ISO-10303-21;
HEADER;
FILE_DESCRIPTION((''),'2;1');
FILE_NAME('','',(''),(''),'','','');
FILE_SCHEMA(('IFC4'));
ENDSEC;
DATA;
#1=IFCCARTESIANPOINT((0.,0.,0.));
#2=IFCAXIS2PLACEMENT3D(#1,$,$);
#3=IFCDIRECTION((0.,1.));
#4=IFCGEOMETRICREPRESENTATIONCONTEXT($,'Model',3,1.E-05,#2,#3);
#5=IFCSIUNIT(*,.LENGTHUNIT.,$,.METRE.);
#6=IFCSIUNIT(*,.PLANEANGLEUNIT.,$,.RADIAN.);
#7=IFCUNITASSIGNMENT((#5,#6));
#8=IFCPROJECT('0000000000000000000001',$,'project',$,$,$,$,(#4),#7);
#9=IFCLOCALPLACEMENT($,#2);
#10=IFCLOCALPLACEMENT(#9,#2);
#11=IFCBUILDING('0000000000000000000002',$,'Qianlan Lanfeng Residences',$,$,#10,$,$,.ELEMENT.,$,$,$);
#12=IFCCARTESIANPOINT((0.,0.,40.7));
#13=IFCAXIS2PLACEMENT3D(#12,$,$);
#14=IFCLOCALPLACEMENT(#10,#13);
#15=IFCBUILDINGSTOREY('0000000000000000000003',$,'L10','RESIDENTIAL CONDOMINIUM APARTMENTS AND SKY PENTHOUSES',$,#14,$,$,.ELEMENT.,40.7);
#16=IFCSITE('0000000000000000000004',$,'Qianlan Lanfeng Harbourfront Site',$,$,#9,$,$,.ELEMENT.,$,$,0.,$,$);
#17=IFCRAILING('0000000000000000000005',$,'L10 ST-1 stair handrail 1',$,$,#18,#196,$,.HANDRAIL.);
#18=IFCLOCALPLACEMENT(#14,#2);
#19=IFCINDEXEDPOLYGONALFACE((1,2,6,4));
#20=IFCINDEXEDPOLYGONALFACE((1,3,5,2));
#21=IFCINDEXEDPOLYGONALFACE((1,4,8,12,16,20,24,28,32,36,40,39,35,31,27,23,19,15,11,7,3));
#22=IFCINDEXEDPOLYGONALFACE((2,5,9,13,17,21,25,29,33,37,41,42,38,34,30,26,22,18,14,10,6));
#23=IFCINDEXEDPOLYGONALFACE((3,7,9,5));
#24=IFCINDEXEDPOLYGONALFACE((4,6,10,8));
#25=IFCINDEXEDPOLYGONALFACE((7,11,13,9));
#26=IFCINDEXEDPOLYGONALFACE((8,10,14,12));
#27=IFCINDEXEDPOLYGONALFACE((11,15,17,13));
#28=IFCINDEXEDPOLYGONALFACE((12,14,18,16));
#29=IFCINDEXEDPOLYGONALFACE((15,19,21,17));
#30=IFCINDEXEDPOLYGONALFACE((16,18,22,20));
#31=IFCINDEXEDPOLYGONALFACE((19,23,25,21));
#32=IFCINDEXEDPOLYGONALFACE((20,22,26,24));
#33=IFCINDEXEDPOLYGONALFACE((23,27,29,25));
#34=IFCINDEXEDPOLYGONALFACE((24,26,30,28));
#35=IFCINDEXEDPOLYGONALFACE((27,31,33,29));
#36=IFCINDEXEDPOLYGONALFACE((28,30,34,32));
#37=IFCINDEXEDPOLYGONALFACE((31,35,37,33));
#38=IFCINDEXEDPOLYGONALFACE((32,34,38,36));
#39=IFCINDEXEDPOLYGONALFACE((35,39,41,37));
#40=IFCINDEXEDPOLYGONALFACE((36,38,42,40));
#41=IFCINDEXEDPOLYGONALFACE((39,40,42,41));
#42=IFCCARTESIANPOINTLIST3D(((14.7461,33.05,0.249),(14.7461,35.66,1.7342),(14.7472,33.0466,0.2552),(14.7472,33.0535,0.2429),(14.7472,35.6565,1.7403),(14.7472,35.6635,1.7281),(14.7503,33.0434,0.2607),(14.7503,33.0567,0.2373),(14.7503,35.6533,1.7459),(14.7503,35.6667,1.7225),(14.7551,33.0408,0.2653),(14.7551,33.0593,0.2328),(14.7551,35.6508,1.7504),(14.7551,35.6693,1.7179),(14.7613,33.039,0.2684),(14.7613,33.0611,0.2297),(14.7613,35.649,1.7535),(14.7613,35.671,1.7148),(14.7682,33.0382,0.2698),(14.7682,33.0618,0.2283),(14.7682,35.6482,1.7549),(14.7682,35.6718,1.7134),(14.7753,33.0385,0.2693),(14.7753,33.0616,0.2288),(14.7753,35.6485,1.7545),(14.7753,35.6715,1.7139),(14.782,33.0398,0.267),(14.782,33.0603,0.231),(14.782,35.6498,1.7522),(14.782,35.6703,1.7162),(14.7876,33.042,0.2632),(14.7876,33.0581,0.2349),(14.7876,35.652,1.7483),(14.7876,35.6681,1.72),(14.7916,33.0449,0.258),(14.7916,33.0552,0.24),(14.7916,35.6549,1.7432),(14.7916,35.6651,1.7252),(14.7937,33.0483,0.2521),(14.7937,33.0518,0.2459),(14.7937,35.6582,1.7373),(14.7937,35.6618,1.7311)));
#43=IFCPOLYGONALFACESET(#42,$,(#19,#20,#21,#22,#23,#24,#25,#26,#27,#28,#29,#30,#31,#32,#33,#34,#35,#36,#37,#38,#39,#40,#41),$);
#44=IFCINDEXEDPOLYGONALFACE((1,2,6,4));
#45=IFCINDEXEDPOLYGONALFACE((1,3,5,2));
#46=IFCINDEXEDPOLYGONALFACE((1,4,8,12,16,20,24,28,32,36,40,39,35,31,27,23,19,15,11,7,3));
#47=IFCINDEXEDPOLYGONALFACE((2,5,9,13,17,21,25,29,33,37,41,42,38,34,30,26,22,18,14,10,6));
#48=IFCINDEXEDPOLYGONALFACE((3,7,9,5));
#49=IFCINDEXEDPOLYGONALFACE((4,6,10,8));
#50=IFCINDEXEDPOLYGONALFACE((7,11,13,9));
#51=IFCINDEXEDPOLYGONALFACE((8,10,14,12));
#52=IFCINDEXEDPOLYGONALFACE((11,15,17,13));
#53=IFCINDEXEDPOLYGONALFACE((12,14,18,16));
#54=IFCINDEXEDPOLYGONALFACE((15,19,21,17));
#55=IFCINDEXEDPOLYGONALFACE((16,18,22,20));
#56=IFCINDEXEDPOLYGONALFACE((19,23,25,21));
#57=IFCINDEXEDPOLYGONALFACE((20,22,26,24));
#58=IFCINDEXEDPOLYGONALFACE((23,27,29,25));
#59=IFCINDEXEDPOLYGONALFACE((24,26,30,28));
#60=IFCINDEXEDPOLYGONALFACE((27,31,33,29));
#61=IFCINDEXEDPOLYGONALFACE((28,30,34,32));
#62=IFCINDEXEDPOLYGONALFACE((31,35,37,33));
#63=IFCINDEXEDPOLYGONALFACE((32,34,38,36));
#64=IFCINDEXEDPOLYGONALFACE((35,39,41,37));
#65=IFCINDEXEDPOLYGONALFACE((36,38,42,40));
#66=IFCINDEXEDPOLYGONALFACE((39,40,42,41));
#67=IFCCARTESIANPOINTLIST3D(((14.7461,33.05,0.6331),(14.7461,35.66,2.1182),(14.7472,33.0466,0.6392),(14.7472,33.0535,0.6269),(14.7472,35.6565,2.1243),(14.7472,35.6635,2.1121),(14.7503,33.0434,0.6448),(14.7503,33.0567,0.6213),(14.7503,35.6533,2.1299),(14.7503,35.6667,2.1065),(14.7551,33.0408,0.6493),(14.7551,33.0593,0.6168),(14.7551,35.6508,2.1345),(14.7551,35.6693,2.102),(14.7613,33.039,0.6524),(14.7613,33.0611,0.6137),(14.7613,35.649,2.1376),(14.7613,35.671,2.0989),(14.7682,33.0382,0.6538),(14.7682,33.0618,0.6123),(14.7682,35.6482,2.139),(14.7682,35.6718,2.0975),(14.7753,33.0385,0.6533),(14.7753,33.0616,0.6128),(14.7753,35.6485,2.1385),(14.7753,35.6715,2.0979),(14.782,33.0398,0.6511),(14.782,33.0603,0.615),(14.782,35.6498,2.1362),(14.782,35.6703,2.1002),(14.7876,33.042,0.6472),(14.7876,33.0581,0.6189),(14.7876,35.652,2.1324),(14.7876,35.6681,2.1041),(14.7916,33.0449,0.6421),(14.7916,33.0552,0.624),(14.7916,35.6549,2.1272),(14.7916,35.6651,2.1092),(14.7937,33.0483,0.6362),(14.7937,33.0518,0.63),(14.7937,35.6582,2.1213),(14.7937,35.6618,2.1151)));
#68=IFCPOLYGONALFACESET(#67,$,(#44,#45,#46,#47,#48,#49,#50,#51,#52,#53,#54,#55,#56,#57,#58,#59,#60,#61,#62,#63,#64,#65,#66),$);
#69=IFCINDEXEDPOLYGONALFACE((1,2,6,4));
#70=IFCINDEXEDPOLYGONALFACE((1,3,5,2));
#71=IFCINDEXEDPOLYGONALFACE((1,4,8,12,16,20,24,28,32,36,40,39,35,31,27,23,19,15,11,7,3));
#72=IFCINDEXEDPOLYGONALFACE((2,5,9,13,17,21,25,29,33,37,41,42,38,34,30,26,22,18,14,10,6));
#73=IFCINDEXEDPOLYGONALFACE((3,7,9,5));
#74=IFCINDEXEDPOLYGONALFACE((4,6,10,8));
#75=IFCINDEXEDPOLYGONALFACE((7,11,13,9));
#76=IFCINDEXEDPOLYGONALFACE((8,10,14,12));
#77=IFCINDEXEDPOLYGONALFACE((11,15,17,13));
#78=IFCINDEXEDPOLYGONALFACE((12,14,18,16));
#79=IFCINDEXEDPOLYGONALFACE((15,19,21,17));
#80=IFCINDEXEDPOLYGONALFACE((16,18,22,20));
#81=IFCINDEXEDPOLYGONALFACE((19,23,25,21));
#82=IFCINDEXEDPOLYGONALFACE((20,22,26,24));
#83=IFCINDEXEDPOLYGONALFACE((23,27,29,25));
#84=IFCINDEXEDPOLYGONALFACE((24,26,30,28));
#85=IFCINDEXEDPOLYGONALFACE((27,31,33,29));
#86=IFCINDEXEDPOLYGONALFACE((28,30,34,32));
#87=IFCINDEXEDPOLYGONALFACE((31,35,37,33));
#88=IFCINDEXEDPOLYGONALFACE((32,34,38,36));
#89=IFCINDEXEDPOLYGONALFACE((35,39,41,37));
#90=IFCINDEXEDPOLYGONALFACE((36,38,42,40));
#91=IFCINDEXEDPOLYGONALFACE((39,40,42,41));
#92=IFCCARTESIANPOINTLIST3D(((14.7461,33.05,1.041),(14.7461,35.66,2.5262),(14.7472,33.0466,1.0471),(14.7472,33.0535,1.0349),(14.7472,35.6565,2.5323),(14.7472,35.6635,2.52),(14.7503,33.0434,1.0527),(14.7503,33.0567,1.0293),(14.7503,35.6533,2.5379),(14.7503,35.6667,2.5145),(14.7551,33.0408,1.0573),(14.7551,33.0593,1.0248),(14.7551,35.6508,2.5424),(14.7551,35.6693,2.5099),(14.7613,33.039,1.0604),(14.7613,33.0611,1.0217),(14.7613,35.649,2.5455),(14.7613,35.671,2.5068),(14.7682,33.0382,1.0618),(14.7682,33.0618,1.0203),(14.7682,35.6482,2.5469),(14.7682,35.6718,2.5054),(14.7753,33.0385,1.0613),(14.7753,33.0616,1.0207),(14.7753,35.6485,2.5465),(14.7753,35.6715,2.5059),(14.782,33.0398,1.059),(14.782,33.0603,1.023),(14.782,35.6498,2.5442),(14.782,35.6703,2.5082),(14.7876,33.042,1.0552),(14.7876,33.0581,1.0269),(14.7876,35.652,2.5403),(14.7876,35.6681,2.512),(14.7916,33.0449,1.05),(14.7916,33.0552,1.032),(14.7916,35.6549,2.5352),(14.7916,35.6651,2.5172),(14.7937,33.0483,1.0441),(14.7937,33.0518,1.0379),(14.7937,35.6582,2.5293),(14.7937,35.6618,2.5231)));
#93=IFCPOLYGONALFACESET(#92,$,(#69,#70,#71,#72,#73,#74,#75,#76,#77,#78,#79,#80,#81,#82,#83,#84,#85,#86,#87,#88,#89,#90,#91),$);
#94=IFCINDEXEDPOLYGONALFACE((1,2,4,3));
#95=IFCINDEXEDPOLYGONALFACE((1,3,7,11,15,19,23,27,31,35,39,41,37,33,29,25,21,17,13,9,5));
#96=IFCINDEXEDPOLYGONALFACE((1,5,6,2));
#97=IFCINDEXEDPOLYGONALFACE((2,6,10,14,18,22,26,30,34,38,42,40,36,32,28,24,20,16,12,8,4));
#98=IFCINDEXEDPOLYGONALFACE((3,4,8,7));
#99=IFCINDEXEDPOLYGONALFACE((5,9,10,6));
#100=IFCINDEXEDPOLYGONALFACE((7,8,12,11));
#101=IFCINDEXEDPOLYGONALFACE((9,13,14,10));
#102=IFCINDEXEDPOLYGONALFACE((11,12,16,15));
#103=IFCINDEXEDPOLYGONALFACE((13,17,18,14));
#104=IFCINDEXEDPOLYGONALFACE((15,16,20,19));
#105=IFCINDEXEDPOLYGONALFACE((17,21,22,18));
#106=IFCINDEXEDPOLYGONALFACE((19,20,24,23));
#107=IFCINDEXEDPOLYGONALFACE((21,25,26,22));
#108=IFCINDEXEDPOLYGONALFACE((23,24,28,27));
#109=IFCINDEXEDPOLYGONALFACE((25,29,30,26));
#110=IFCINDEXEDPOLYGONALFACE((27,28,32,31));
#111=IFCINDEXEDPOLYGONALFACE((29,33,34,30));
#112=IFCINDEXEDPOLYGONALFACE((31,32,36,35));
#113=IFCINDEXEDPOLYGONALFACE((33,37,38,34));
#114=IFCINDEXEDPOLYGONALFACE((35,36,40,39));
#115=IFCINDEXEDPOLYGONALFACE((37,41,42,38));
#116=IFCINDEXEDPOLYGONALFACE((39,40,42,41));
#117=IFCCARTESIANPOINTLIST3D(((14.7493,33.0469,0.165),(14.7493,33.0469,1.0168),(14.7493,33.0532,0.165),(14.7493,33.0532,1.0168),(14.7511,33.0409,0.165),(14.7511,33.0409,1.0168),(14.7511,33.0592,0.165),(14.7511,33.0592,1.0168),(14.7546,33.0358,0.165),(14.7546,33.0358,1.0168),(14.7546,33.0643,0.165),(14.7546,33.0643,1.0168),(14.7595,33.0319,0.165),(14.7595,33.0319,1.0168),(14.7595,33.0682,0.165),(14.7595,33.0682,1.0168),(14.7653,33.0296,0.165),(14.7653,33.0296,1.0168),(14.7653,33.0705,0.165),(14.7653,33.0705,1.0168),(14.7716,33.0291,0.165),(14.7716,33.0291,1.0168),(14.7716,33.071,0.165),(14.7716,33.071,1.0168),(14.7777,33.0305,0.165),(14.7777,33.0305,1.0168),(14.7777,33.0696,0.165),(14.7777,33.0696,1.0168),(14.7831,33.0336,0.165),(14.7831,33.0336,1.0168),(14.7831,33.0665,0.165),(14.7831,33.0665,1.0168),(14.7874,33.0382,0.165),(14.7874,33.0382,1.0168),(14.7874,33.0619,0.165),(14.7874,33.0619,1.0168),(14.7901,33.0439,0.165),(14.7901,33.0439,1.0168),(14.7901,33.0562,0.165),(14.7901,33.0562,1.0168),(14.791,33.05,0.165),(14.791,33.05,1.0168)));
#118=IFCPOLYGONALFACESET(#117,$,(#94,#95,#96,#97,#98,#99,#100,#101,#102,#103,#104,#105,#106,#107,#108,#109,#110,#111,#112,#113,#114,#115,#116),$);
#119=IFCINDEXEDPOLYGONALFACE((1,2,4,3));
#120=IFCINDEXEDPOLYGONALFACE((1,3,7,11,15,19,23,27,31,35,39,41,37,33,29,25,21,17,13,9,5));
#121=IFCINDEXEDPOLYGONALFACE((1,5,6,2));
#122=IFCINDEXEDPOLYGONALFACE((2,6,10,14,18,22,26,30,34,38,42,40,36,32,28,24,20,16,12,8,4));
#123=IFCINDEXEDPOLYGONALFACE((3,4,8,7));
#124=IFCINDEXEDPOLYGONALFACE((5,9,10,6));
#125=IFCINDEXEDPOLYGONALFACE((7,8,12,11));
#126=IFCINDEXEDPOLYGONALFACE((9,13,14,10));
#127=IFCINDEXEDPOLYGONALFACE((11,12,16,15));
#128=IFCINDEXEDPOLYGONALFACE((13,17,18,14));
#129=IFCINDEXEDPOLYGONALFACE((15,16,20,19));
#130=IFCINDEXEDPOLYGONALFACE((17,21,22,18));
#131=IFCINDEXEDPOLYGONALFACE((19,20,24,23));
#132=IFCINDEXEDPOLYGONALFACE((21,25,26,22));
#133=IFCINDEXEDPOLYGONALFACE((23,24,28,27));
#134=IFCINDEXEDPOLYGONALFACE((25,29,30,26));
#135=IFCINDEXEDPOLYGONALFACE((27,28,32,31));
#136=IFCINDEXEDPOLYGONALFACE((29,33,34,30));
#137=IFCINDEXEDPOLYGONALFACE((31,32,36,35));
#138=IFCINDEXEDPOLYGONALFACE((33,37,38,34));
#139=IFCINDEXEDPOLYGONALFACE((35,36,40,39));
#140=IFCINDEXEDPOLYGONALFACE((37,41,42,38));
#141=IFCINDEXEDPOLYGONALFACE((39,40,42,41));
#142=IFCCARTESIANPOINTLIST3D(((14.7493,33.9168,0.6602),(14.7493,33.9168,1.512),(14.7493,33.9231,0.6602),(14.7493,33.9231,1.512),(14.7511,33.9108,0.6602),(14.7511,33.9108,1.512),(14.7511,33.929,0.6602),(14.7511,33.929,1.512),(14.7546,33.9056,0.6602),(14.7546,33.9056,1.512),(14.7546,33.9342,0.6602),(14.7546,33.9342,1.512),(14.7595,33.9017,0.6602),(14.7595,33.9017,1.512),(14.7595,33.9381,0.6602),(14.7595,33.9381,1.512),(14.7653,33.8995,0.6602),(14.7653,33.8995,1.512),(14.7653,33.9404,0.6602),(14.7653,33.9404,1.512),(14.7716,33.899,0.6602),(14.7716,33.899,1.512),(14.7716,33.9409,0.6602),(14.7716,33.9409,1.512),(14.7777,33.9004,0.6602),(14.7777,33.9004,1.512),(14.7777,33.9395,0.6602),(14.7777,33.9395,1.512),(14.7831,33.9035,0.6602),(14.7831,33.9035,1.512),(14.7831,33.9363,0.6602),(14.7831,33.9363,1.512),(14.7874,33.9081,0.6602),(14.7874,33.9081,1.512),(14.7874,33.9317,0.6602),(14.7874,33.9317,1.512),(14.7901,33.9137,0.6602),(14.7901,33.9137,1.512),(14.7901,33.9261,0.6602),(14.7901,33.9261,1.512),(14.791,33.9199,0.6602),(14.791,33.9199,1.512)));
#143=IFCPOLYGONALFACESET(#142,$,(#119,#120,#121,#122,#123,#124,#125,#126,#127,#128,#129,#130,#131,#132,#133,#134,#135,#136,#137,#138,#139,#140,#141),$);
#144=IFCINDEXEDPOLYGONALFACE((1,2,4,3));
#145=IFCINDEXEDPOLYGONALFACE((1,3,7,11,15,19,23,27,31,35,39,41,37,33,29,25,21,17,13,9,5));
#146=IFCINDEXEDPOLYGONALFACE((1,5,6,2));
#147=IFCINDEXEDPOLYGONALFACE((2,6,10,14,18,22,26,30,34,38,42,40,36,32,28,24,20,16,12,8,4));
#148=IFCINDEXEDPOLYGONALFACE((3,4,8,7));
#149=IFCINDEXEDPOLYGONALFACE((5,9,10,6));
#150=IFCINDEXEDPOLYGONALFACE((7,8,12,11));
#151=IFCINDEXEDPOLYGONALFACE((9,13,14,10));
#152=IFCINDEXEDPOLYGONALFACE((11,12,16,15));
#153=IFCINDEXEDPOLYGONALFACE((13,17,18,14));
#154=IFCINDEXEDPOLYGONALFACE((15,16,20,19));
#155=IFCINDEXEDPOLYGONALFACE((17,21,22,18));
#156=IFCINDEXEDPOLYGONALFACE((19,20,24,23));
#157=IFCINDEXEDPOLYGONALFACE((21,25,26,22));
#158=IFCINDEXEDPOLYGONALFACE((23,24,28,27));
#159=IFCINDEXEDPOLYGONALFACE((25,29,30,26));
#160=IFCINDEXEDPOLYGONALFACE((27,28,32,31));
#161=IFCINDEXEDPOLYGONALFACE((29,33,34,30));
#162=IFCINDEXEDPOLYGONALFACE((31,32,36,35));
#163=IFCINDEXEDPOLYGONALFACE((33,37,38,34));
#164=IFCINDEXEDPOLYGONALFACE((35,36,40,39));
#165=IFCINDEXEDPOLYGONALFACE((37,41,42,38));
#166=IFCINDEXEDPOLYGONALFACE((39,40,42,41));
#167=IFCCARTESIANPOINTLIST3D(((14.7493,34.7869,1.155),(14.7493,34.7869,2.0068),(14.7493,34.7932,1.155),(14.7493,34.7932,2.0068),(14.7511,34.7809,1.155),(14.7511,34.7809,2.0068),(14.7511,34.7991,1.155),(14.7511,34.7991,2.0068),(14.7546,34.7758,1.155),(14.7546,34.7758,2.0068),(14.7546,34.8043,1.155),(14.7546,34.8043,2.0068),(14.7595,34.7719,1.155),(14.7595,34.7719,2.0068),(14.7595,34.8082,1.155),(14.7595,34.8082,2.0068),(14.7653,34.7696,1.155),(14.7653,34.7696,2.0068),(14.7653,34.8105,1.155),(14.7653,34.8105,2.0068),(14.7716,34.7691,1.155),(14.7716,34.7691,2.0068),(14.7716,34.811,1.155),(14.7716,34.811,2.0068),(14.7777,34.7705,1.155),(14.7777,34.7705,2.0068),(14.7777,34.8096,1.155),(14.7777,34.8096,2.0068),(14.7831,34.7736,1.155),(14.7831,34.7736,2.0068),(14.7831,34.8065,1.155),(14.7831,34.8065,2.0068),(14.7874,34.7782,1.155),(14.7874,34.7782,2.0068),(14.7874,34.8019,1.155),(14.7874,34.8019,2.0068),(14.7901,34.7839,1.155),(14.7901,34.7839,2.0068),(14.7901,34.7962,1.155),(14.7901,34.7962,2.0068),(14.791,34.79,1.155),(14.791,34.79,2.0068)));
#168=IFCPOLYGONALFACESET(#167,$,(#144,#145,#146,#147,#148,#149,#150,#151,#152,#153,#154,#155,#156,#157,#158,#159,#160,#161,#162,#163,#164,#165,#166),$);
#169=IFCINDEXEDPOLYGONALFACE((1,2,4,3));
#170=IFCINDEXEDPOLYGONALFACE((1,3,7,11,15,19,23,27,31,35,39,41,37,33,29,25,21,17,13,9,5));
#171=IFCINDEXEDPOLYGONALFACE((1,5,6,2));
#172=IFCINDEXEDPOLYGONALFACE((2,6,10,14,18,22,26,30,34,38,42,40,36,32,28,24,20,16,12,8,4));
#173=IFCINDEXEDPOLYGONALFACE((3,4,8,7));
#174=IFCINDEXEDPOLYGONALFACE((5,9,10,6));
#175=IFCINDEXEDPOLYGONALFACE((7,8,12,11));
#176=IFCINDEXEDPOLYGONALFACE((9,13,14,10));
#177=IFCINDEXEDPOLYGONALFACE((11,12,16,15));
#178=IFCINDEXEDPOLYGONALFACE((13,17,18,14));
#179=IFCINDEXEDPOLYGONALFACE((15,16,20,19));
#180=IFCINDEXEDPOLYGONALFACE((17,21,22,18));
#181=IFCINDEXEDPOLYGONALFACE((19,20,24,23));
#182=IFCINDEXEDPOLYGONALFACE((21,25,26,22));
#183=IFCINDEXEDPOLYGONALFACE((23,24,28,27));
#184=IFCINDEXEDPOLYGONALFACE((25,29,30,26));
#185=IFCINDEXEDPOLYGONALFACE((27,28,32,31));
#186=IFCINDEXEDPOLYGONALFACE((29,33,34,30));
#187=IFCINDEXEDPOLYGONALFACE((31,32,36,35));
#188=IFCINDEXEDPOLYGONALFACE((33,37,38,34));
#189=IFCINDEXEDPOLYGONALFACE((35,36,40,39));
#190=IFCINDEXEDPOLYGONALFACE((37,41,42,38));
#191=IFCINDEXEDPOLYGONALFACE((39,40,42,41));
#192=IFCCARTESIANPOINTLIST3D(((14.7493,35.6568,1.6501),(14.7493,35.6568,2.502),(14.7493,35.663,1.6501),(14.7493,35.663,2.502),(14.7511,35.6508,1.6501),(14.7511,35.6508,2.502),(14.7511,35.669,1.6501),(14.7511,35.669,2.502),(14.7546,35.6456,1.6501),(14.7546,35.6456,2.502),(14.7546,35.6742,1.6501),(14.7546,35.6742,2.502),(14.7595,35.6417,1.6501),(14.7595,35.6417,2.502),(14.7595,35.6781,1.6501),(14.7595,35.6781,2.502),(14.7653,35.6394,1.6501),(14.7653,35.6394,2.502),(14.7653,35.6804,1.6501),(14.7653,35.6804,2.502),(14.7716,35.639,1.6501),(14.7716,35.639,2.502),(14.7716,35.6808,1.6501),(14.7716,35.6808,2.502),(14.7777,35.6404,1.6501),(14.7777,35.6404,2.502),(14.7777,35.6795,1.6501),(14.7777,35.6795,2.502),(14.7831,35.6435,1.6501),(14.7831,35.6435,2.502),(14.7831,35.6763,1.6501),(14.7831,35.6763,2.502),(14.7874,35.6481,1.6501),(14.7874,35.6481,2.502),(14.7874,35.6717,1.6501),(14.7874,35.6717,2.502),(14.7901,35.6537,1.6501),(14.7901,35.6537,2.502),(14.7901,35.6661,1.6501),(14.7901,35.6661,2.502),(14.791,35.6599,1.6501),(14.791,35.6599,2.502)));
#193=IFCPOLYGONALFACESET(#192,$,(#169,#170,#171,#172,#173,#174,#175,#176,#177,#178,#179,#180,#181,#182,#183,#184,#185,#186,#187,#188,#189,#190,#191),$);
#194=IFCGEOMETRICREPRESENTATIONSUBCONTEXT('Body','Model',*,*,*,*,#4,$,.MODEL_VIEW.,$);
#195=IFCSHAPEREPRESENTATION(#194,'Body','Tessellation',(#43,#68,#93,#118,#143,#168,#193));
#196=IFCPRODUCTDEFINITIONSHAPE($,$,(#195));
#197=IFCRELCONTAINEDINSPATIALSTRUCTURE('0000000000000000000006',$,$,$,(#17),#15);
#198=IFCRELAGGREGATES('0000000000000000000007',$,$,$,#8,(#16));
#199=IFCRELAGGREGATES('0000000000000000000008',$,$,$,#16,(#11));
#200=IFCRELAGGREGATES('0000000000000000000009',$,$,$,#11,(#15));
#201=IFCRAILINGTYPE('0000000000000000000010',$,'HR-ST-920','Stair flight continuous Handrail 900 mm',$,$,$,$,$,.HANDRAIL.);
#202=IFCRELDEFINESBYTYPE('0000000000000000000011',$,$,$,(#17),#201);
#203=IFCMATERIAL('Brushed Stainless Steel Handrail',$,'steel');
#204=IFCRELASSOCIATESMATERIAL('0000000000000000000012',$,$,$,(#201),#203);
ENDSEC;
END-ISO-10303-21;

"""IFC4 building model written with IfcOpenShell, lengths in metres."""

from ifc_helpers import new_model, si_unit, direction, frame, origin, origin_2d, place, context, subcontext, project, spatial, circle, extrude, material, type_object, element, save


model = new_model("IFC4")

# Units and contexts
model_context = context("Model", 3, precision=1e-05, world=origin(), true_north=direction((0.0, 1.0)))
body_context = subcontext(model_context, "Body", "Model", "MODEL_VIEW")
ifc_project = project(units=[si_unit("LENGTHUNIT", "METRE"), si_unit("PLANEANGLEUNIT", "RADIAN")], contexts=[model_context])

# Site, building, storey
site_placement = place(None, origin())
site = spatial("IfcSite", under=ifc_project, at=site_placement, Name="Qianlan Lanfeng Harbourfront Site", CompositionType="ELEMENT", RefElevation=0.0)
building_placement = place(site_placement, origin())
building = spatial("IfcBuilding", under=site, at=building_placement, Name="Qianlan Lanfeng Residences", CompositionType="ELEMENT")
storey_placement = place(building_placement, frame((0.0, 0.0, 40.7)))
storey = spatial("IfcBuildingStorey", under=building, at=storey_placement, Name="L10", Description="RESIDENTIAL CONDOMINIUM APARTMENTS AND SKY PENTHOUSES", CompositionType="ELEMENT", Elevation=40.7)

# Railing
ifc_material_1 = material(Name="Brushed Stainless Steel Handrail", Category="steel")
railing_type_1 = type_object("IfcRailingType", Name="HR-ST-920", Description="Stair flight continuous Handrail 900 mm", PredefinedType="HANDRAIL", material=ifc_material_1)
railing_1_placement = place(storey_placement, frame((14.77, 33.05, 0.165)))
element("IfcRailing", 1, at=railing_1_placement, inside=storey, type_object=railing_type_1, Name="L10 ST-1 stair handrail 1", PredefinedType="HANDRAIL", context=body_context, shape_type="SweptSolid", body=[
    extrude(circle(Radius=0.0239, at=origin_2d()), frame((0.0, 0.0, 0.084), z_axis=(0.0, 0.869137, 0.494571), x_axis=(-1.0, 0.0, 0.0)), (0.0, 0.0, 1.0), 3.0029),
    extrude(circle(Radius=0.0239, at=origin_2d()), frame((0.0, 0.0, 0.468), z_axis=(0.0, 0.869137, 0.494571), x_axis=(-1.0, 0.0, 0.0)), (0.0, 0.0, 1.0), 3.0029),
    extrude(circle(Radius=0.0239, at=origin_2d()), frame((0.0, 0.0, 0.876), z_axis=(0.0, 0.869137, 0.494571), x_axis=(-1.0, 0.0, 0.0)), (0.0, 0.0, 1.0), 3.0029),
    extrude(circle(Radius=0.021, at=origin_2d()), origin(), (0.0, 0.0, 1.0), 0.8518),
    extrude(circle(Radius=0.021, at=origin_2d()), frame((0.0, 0.8699, 0.4951)), (0.0, 0.0, 1.0), 0.8518),
    extrude(circle(Radius=0.021, at=origin_2d()), frame((0.0, 1.74, 0.99)), (0.0, 0.0, 1.0), 0.8518),
    extrude(circle(Radius=0.021, at=origin_2d()), frame((0.0, 2.6099, 1.4851)), (0.0, 0.0, 1.0), 0.8518),
])

save(model, "model.ifc")
